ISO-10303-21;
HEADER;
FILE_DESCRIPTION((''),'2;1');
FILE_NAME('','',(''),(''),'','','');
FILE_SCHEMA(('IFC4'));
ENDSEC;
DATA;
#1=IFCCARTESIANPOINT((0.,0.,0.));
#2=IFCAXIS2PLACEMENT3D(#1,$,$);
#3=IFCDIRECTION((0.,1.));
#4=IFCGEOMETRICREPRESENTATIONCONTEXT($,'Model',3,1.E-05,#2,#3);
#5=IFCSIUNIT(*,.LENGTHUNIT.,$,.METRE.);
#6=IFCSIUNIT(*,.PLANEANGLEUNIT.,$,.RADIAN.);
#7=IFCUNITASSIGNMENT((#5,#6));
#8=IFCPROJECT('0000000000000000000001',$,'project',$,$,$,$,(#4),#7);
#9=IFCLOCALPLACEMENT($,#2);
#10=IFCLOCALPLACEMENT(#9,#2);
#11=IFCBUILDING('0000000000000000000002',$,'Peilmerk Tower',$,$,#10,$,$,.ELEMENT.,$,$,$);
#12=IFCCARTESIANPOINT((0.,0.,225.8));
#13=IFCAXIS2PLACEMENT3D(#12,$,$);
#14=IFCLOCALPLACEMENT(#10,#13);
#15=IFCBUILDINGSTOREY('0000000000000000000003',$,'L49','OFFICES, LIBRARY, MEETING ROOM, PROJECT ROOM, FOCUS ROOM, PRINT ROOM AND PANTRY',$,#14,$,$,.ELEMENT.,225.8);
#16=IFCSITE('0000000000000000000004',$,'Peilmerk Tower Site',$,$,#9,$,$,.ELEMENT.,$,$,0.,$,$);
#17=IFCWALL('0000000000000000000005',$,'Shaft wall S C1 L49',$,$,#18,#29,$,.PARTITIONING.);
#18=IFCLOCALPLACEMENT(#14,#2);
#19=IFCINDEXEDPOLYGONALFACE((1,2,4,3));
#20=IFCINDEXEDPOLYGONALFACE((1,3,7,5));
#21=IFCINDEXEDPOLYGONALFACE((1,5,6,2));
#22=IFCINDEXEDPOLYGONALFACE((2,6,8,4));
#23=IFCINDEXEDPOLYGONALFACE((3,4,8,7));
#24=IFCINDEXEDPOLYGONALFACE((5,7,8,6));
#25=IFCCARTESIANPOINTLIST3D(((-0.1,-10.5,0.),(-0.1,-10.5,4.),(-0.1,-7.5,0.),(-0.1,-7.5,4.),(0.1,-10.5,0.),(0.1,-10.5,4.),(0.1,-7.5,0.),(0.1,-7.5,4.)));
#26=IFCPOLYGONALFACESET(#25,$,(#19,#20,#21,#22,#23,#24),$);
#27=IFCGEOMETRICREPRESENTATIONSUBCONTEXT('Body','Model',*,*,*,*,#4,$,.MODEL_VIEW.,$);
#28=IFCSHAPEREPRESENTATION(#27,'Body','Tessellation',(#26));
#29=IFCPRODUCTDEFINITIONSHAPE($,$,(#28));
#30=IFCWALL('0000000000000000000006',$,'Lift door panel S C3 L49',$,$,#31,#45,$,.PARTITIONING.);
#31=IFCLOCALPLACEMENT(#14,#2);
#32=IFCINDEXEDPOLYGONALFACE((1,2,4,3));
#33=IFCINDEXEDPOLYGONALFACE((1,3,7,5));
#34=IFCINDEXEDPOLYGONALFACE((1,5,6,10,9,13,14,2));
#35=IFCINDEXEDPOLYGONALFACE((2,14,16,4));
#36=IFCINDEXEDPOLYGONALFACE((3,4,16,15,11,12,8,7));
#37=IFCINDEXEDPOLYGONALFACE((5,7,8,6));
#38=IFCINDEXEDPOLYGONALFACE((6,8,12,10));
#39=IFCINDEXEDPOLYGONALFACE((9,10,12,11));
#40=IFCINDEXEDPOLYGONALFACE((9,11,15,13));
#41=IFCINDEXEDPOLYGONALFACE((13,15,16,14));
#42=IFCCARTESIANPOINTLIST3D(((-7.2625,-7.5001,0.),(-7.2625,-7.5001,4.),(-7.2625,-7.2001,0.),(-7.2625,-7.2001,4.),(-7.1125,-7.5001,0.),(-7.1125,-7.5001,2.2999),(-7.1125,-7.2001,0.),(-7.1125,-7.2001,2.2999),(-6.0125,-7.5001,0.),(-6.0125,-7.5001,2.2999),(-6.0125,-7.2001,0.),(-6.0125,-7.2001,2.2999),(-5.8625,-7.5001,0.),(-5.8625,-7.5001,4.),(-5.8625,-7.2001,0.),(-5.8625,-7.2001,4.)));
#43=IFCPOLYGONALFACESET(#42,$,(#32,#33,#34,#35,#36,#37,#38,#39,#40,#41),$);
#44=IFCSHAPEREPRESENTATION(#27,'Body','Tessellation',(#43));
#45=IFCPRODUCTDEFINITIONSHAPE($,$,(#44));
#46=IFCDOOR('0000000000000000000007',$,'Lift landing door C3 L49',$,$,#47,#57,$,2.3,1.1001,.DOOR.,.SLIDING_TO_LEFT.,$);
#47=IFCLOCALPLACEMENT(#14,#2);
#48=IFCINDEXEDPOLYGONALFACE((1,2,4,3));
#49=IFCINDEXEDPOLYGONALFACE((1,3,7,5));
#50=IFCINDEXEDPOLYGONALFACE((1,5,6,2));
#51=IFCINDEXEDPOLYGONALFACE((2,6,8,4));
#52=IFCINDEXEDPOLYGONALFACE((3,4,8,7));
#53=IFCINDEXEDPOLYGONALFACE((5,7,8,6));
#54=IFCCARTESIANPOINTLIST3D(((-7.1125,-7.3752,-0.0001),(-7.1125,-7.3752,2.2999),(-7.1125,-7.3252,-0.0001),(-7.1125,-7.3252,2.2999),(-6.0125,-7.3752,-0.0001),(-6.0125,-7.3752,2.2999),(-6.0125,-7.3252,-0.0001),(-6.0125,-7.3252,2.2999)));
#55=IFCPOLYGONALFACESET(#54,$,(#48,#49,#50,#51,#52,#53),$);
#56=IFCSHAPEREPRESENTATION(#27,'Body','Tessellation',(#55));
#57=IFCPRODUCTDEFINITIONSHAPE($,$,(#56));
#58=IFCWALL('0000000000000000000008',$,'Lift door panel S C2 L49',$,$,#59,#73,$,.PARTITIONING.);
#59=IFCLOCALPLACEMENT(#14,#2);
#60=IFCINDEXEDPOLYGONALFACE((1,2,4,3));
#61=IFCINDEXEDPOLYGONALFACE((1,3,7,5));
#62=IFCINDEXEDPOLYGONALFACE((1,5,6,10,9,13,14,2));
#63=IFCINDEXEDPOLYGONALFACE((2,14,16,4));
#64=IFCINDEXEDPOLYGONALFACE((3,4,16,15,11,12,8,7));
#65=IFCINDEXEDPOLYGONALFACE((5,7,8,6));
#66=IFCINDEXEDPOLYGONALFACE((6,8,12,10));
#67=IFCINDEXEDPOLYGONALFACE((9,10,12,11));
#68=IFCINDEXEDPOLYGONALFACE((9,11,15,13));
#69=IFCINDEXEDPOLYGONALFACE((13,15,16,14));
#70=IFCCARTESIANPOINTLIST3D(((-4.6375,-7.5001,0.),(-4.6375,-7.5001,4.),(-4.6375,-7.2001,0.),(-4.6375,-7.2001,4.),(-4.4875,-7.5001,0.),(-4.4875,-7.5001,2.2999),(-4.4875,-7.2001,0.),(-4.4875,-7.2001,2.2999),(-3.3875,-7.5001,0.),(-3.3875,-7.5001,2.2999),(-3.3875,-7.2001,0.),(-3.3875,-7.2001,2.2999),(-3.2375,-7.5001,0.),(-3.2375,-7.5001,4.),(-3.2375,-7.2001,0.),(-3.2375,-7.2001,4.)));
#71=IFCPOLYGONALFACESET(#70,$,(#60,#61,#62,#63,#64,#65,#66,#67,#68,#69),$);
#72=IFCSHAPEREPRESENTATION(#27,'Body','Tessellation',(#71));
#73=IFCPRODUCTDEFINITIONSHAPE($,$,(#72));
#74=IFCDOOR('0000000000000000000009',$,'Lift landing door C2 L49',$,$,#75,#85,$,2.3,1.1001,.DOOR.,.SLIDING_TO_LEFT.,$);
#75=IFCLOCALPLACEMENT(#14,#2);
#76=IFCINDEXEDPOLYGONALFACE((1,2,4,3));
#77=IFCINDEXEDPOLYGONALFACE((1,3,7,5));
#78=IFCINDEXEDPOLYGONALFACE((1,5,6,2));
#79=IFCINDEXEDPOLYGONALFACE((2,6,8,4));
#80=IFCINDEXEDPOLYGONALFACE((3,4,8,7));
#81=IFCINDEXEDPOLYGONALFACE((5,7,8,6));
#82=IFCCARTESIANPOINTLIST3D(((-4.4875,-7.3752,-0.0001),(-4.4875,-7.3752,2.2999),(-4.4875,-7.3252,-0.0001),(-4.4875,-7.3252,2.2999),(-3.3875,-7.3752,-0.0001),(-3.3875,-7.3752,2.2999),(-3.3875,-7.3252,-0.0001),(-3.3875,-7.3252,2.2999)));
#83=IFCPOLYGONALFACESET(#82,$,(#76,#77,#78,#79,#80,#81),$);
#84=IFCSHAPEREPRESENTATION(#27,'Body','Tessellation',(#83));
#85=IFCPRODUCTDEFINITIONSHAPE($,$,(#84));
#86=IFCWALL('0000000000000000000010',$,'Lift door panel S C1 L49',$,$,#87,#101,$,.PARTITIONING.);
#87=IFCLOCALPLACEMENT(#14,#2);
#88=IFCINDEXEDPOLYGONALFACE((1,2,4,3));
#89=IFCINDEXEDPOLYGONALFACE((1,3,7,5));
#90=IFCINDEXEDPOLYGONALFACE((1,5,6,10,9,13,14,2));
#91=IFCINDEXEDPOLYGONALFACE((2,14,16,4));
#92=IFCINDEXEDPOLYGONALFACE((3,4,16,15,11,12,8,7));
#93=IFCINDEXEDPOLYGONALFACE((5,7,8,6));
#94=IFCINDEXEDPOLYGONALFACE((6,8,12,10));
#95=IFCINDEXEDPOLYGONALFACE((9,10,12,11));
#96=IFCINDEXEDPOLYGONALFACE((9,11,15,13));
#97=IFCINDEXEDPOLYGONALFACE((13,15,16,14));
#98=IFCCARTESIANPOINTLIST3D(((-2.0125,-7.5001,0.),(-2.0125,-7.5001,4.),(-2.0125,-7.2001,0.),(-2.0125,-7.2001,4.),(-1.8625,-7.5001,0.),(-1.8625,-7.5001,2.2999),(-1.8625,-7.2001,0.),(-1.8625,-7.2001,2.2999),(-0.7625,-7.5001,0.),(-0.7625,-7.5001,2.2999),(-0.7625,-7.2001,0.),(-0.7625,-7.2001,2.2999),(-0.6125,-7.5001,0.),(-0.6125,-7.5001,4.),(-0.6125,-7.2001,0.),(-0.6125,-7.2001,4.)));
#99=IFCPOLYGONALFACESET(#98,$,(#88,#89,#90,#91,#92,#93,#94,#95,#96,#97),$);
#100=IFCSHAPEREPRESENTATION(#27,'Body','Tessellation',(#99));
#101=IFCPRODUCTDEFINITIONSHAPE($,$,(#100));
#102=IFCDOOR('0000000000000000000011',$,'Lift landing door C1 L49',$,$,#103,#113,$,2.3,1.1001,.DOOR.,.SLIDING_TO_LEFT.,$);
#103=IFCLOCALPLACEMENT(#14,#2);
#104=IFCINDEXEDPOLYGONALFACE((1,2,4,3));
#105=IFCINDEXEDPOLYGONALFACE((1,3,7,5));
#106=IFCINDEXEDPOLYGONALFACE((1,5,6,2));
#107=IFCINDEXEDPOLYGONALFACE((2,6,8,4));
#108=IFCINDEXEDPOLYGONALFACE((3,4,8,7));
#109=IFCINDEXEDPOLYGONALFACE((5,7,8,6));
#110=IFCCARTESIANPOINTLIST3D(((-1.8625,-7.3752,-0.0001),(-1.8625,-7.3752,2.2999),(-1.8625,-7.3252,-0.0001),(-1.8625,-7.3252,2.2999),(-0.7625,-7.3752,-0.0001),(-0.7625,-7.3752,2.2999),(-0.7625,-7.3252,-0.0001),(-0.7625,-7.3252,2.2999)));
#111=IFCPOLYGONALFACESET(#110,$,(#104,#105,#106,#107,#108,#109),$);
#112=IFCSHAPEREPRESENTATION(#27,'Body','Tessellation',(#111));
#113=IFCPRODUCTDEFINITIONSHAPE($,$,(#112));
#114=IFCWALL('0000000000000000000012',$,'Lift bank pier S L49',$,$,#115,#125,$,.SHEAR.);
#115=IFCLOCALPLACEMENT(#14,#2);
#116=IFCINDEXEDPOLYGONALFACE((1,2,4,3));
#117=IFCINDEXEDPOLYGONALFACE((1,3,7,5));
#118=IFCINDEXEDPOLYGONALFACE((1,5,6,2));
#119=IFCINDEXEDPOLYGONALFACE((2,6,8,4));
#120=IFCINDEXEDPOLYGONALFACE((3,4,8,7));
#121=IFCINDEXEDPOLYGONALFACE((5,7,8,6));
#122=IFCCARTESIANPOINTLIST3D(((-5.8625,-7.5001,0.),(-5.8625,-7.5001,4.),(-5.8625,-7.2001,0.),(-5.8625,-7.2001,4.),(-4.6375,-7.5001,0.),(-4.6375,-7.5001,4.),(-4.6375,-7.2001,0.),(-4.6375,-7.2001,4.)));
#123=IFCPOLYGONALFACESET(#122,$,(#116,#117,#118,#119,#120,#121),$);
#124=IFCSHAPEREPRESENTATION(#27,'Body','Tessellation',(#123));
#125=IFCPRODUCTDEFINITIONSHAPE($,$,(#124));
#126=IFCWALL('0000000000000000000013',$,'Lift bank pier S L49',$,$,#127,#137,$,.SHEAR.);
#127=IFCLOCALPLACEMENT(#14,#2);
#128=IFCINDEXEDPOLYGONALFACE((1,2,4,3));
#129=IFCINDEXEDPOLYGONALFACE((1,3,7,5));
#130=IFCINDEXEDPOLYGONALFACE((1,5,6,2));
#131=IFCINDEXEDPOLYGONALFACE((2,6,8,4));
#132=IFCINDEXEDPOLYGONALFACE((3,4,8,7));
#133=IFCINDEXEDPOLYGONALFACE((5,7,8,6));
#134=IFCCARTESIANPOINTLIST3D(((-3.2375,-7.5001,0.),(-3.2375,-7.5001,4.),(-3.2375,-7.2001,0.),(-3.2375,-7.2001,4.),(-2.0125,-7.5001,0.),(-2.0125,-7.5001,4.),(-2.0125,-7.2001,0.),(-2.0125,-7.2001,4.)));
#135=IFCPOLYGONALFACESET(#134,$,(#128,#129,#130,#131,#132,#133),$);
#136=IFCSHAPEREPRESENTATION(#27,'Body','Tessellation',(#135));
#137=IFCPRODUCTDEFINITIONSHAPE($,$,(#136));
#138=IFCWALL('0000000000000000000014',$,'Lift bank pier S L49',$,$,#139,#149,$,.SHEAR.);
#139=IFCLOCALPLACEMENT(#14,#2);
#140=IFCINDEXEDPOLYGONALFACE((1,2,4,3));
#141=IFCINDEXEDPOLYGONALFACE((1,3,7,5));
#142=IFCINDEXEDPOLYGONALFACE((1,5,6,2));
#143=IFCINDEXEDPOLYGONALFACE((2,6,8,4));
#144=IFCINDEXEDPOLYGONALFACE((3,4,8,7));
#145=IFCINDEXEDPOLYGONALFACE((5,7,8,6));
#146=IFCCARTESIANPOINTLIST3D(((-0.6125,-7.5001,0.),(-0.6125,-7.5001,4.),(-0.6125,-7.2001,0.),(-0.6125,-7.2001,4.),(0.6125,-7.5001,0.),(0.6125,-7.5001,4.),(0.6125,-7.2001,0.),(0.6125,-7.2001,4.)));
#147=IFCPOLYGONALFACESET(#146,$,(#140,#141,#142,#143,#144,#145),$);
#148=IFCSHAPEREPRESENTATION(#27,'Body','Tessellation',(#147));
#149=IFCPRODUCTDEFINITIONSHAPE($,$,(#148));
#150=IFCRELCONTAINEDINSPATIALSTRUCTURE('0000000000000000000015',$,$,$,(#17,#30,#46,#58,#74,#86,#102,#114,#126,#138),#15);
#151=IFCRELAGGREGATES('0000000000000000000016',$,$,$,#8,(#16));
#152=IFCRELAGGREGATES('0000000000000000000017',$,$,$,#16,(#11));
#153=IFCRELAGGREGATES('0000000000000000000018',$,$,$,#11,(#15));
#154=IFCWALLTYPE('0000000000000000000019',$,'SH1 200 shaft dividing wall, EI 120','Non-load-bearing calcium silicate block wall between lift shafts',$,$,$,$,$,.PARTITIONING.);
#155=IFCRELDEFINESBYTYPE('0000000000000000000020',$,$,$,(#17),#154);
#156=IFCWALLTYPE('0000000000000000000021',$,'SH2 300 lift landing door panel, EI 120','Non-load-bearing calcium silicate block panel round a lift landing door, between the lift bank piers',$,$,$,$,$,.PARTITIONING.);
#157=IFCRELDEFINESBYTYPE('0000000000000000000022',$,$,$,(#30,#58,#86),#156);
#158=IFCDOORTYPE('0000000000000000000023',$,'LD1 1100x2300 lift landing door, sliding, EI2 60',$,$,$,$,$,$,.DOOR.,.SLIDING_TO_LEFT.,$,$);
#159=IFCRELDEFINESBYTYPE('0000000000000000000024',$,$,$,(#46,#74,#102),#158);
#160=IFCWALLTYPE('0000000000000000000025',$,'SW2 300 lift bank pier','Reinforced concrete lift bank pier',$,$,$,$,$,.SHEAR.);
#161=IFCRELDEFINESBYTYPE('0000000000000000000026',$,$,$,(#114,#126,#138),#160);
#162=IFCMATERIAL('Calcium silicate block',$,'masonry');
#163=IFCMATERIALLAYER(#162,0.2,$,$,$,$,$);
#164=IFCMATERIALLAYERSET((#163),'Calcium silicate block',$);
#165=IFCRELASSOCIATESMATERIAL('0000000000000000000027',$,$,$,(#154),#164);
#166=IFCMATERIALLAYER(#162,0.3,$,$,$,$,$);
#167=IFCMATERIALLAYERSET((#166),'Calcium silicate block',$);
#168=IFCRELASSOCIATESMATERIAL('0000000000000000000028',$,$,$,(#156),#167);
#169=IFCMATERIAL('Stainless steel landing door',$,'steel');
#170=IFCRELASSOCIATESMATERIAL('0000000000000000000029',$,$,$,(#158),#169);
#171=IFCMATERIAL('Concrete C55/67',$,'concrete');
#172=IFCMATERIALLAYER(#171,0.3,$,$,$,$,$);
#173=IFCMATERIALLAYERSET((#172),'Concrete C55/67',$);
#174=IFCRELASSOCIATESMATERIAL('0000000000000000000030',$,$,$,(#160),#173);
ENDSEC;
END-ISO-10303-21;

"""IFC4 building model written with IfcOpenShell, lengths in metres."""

from ifc_helpers import new_model, si_unit, direction, frame, frame_2d, origin, place, context, subcontext, project, spatial, rectangle, extrude, material, layer, layer_set, type_object, element, fill, save


model = new_model("IFC4")

# Units and contexts
model_context = context("Model", 3, precision=1e-05, world=origin(), true_north=direction((0.0, 1.0)))
body_context = subcontext(model_context, "Body", "Model", "MODEL_VIEW")
ifc_project = project(units=[si_unit("LENGTHUNIT", "METRE"), si_unit("PLANEANGLEUNIT", "RADIAN")], contexts=[model_context])

# Site, building, storey
site_placement = place(None, origin())
site = spatial("IfcSite", under=ifc_project, at=site_placement, Name="Peilmerk Tower Site", CompositionType="ELEMENT", RefElevation=0.0)
building_placement = place(site_placement, origin())
building = spatial("IfcBuilding", under=site, at=building_placement, Name="Peilmerk Tower", CompositionType="ELEMENT")
storey_placement = place(building_placement, frame((0.0, 0.0, 225.8)))
storey = spatial("IfcBuildingStorey", under=building, at=storey_placement, Name="L49", Description="OFFICES, LIBRARY, MEETING ROOM, PROJECT ROOM, FOCUS ROOM, PRINT ROOM AND PANTRY", CompositionType="ELEMENT", Elevation=225.8)

# Wall
ifc_material_1 = material(Name="Calcium silicate block", Category="masonry")
ifc_layer_1 = layer(ifc_material_1, 0.2)
ifc_layer_set_1 = layer_set([ifc_layer_1], Name="Calcium silicate block")
wall_type_1 = type_object("IfcWallType", Name="SH1 200 shaft dividing wall, EI 120", Description="Non-load-bearing calcium silicate block wall between lift shafts", PredefinedType="PARTITIONING", material=ifc_layer_set_1)
for number, where, z_axis, x_axis, name in (
    (1, (0.0, -10.5, 0.0), (0.0, 0.0, 1.0), (0.0, 1.0, 0.0), "Shaft wall S C1 L49"),
):
    element("IfcWall", number, at=place(storey_placement, frame(where, z_axis=z_axis, x_axis=x_axis)), inside=storey, type_object=wall_type_1, Name=name, PredefinedType="PARTITIONING", context=body_context, shape_type="SweptSolid", body=[
        extrude(rectangle(XDim=3.0, YDim=0.2, at=frame_2d((1.5, 0.0))), origin(), (0.0, 0.0, 1.0), 4.0),
    ])

# Walls, openings, doors
ifc_layer_2 = layer(ifc_material_1, 0.3)
ifc_layer_set_2 = layer_set([ifc_layer_2], Name="Calcium silicate block")
wall_type_2 = type_object("IfcWallType", Name="SH2 300 lift landing door panel, EI 120", Description="Non-load-bearing calcium silicate block panel round a lift landing door, between the lift bank piers", PredefinedType="PARTITIONING", material=ifc_layer_set_2)
wall_1_placement = place(storey_placement, frame((-7.2625, -7.3501, 0.0), z_axis=(0.0, 0.0, 1.0), x_axis=(1.0, 0.0, 0.0)))
wall_1 = element("IfcWall", 2, at=wall_1_placement, inside=storey, type_object=wall_type_2, Name="Lift door panel S C3 L49", PredefinedType="PARTITIONING", context=body_context, shape_type="SweptSolid", body=[
    extrude(rectangle(XDim=1.3999, YDim=0.3, at=frame_2d((0.7, 0.0))), origin(), (0.0, 0.0, 1.0), 4.0),
])
opening_1_placement = place(wall_1_placement, frame((0.1499, 0.0, 0.0)))
opening_1 = element("IfcOpeningElement", 3, at=opening_1_placement, cuts=wall_1, PredefinedType="OPENING", context=body_context, shape_type="SweptSolid", body=[
    extrude(rectangle(XDim=1.1001, YDim=2.3, at=frame_2d((0.55, 1.1499))), frame((0.0, 0.1599, 0.0), z_axis=(0.0, -1.0, 0.0), x_axis=(1.0, 0.0, 0.0)), (0.0, 0.0, 1.0), 0.3201),
])
ifc_material_2 = material(Name="Stainless steel landing door", Category="steel")
door_type = type_object("IfcDoorType", Name="LD1 1100x2300 lift landing door, sliding, EI2 60", OperationType="SLIDING_TO_LEFT", PredefinedType="DOOR", material=ifc_material_2)
door_1_placement = place(opening_1_placement, origin())
door_1 = element("IfcDoor", 4, at=door_1_placement, inside=storey, type_object=door_type, Name="Lift landing door C3 L49", OperationType="SLIDING_TO_LEFT", OverallHeight=2.3, OverallWidth=1.1001, PredefinedType="DOOR", context=body_context, shape_type="SweptSolid", body=[
    extrude(rectangle(XDim=1.1001, YDim=2.3, at=frame_2d((0.55, 1.1499))), frame((0.0, 0.0249, 0.0), z_axis=(0.0, -1.0, 0.0), x_axis=(1.0, 0.0, 0.0)), (0.0, 0.0, 1.0), 0.05),
])
fill(opening_1, door_1)
wall_2_placement = place(storey_placement, frame((-4.6375, -7.3501, 0.0), z_axis=(0.0, 0.0, 1.0), x_axis=(1.0, 0.0, 0.0)))
wall_2 = element("IfcWall", 5, at=wall_2_placement, inside=storey, type_object=wall_type_2, Name="Lift door panel S C2 L49", PredefinedType="PARTITIONING", context=body_context, shape_type="SweptSolid", body=[
    extrude(rectangle(XDim=1.3999, YDim=0.3, at=frame_2d((0.7, 0.0))), origin(), (0.0, 0.0, 1.0), 4.0),
])
opening_2_placement = place(wall_2_placement, frame((0.1499, 0.0, 0.0)))
opening_2 = element("IfcOpeningElement", 6, at=opening_2_placement, cuts=wall_2, PredefinedType="OPENING", context=body_context, shape_type="SweptSolid", body=[
    extrude(rectangle(XDim=1.1001, YDim=2.3, at=frame_2d((0.55, 1.1499))), frame((0.0, 0.1599, 0.0), z_axis=(0.0, -1.0, 0.0), x_axis=(1.0, 0.0, 0.0)), (0.0, 0.0, 1.0), 0.3201),
])
door_2_placement = place(opening_2_placement, origin())
door_2 = element("IfcDoor", 7, at=door_2_placement, inside=storey, type_object=door_type, Name="Lift landing door C2 L49", OperationType="SLIDING_TO_LEFT", OverallHeight=2.3, OverallWidth=1.1001, PredefinedType="DOOR", context=body_context, shape_type="SweptSolid", body=[
    extrude(rectangle(XDim=1.1001, YDim=2.3, at=frame_2d((0.55, 1.1499))), frame((0.0, 0.0249, 0.0), z_axis=(0.0, -1.0, 0.0), x_axis=(1.0, 0.0, 0.0)), (0.0, 0.0, 1.0), 0.05),
])
fill(opening_2, door_2)
wall_3_placement = place(storey_placement, frame((-2.0125, -7.3501, 0.0), z_axis=(0.0, 0.0, 1.0), x_axis=(1.0, 0.0, 0.0)))
wall_3 = element("IfcWall", 8, at=wall_3_placement, inside=storey, type_object=wall_type_2, Name="Lift door panel S C1 L49", PredefinedType="PARTITIONING", context=body_context, shape_type="SweptSolid", body=[
    extrude(rectangle(XDim=1.3999, YDim=0.3, at=frame_2d((0.7, 0.0))), origin(), (0.0, 0.0, 1.0), 4.0),
])
opening_3_placement = place(wall_3_placement, frame((0.1499, 0.0, 0.0)))
opening_3 = element("IfcOpeningElement", 9, at=opening_3_placement, cuts=wall_3, PredefinedType="OPENING", context=body_context, shape_type="SweptSolid", body=[
    extrude(rectangle(XDim=1.1001, YDim=2.3, at=frame_2d((0.55, 1.1499))), frame((0.0, 0.1599, 0.0), z_axis=(0.0, -1.0, 0.0), x_axis=(1.0, 0.0, 0.0)), (0.0, 0.0, 1.0), 0.3201),
])
door_3_placement = place(opening_3_placement, origin())
door_3 = element("IfcDoor", 10, at=door_3_placement, inside=storey, type_object=door_type, Name="Lift landing door C1 L49", OperationType="SLIDING_TO_LEFT", OverallHeight=2.3, OverallWidth=1.1001, PredefinedType="DOOR", context=body_context, shape_type="SweptSolid", body=[
    extrude(rectangle(XDim=1.1001, YDim=2.3, at=frame_2d((0.55, 1.1499))), frame((0.0, 0.0249, 0.0), z_axis=(0.0, -1.0, 0.0), x_axis=(1.0, 0.0, 0.0)), (0.0, 0.0, 1.0), 0.05),
])
fill(opening_3, door_3)

# Walls
ifc_material_3 = material(Name="Concrete C55/67", Category="concrete")
ifc_layer_3 = layer(ifc_material_3, 0.3)
ifc_layer_set_3 = layer_set([ifc_layer_3], Name="Concrete C55/67")
wall_type_3 = type_object("IfcWallType", Name="SW2 300 lift bank pier", Description="Reinforced concrete lift bank pier", PredefinedType="SHEAR", material=ifc_layer_set_3)
for number, where, z_axis, x_axis, name in (
    (11, (-5.8625, -7.3501, 0.0), (0.0, 0.0, 1.0), (1.0, 0.0, 0.0), "Lift bank pier S L49"),
    (12, (-3.2375, -7.3501, 0.0), (0.0, 0.0, 1.0), (1.0, 0.0, 0.0), "Lift bank pier S L49"),
    (13, (-0.6125, -7.3501, 0.0), (0.0, 0.0, 1.0), (1.0, 0.0, 0.0), "Lift bank pier S L49"),
):
    element("IfcWall", number, at=place(storey_placement, frame(where, z_axis=z_axis, x_axis=x_axis)), inside=storey, type_object=wall_type_3, Name=name, PredefinedType="SHEAR", context=body_context, shape_type="SweptSolid", body=[
        extrude(rectangle(XDim=1.2251, YDim=0.3, at=frame_2d((0.6125, 0.0))), origin(), (0.0, 0.0, 1.0), 4.0),
    ])

save(model, "model.ifc")
